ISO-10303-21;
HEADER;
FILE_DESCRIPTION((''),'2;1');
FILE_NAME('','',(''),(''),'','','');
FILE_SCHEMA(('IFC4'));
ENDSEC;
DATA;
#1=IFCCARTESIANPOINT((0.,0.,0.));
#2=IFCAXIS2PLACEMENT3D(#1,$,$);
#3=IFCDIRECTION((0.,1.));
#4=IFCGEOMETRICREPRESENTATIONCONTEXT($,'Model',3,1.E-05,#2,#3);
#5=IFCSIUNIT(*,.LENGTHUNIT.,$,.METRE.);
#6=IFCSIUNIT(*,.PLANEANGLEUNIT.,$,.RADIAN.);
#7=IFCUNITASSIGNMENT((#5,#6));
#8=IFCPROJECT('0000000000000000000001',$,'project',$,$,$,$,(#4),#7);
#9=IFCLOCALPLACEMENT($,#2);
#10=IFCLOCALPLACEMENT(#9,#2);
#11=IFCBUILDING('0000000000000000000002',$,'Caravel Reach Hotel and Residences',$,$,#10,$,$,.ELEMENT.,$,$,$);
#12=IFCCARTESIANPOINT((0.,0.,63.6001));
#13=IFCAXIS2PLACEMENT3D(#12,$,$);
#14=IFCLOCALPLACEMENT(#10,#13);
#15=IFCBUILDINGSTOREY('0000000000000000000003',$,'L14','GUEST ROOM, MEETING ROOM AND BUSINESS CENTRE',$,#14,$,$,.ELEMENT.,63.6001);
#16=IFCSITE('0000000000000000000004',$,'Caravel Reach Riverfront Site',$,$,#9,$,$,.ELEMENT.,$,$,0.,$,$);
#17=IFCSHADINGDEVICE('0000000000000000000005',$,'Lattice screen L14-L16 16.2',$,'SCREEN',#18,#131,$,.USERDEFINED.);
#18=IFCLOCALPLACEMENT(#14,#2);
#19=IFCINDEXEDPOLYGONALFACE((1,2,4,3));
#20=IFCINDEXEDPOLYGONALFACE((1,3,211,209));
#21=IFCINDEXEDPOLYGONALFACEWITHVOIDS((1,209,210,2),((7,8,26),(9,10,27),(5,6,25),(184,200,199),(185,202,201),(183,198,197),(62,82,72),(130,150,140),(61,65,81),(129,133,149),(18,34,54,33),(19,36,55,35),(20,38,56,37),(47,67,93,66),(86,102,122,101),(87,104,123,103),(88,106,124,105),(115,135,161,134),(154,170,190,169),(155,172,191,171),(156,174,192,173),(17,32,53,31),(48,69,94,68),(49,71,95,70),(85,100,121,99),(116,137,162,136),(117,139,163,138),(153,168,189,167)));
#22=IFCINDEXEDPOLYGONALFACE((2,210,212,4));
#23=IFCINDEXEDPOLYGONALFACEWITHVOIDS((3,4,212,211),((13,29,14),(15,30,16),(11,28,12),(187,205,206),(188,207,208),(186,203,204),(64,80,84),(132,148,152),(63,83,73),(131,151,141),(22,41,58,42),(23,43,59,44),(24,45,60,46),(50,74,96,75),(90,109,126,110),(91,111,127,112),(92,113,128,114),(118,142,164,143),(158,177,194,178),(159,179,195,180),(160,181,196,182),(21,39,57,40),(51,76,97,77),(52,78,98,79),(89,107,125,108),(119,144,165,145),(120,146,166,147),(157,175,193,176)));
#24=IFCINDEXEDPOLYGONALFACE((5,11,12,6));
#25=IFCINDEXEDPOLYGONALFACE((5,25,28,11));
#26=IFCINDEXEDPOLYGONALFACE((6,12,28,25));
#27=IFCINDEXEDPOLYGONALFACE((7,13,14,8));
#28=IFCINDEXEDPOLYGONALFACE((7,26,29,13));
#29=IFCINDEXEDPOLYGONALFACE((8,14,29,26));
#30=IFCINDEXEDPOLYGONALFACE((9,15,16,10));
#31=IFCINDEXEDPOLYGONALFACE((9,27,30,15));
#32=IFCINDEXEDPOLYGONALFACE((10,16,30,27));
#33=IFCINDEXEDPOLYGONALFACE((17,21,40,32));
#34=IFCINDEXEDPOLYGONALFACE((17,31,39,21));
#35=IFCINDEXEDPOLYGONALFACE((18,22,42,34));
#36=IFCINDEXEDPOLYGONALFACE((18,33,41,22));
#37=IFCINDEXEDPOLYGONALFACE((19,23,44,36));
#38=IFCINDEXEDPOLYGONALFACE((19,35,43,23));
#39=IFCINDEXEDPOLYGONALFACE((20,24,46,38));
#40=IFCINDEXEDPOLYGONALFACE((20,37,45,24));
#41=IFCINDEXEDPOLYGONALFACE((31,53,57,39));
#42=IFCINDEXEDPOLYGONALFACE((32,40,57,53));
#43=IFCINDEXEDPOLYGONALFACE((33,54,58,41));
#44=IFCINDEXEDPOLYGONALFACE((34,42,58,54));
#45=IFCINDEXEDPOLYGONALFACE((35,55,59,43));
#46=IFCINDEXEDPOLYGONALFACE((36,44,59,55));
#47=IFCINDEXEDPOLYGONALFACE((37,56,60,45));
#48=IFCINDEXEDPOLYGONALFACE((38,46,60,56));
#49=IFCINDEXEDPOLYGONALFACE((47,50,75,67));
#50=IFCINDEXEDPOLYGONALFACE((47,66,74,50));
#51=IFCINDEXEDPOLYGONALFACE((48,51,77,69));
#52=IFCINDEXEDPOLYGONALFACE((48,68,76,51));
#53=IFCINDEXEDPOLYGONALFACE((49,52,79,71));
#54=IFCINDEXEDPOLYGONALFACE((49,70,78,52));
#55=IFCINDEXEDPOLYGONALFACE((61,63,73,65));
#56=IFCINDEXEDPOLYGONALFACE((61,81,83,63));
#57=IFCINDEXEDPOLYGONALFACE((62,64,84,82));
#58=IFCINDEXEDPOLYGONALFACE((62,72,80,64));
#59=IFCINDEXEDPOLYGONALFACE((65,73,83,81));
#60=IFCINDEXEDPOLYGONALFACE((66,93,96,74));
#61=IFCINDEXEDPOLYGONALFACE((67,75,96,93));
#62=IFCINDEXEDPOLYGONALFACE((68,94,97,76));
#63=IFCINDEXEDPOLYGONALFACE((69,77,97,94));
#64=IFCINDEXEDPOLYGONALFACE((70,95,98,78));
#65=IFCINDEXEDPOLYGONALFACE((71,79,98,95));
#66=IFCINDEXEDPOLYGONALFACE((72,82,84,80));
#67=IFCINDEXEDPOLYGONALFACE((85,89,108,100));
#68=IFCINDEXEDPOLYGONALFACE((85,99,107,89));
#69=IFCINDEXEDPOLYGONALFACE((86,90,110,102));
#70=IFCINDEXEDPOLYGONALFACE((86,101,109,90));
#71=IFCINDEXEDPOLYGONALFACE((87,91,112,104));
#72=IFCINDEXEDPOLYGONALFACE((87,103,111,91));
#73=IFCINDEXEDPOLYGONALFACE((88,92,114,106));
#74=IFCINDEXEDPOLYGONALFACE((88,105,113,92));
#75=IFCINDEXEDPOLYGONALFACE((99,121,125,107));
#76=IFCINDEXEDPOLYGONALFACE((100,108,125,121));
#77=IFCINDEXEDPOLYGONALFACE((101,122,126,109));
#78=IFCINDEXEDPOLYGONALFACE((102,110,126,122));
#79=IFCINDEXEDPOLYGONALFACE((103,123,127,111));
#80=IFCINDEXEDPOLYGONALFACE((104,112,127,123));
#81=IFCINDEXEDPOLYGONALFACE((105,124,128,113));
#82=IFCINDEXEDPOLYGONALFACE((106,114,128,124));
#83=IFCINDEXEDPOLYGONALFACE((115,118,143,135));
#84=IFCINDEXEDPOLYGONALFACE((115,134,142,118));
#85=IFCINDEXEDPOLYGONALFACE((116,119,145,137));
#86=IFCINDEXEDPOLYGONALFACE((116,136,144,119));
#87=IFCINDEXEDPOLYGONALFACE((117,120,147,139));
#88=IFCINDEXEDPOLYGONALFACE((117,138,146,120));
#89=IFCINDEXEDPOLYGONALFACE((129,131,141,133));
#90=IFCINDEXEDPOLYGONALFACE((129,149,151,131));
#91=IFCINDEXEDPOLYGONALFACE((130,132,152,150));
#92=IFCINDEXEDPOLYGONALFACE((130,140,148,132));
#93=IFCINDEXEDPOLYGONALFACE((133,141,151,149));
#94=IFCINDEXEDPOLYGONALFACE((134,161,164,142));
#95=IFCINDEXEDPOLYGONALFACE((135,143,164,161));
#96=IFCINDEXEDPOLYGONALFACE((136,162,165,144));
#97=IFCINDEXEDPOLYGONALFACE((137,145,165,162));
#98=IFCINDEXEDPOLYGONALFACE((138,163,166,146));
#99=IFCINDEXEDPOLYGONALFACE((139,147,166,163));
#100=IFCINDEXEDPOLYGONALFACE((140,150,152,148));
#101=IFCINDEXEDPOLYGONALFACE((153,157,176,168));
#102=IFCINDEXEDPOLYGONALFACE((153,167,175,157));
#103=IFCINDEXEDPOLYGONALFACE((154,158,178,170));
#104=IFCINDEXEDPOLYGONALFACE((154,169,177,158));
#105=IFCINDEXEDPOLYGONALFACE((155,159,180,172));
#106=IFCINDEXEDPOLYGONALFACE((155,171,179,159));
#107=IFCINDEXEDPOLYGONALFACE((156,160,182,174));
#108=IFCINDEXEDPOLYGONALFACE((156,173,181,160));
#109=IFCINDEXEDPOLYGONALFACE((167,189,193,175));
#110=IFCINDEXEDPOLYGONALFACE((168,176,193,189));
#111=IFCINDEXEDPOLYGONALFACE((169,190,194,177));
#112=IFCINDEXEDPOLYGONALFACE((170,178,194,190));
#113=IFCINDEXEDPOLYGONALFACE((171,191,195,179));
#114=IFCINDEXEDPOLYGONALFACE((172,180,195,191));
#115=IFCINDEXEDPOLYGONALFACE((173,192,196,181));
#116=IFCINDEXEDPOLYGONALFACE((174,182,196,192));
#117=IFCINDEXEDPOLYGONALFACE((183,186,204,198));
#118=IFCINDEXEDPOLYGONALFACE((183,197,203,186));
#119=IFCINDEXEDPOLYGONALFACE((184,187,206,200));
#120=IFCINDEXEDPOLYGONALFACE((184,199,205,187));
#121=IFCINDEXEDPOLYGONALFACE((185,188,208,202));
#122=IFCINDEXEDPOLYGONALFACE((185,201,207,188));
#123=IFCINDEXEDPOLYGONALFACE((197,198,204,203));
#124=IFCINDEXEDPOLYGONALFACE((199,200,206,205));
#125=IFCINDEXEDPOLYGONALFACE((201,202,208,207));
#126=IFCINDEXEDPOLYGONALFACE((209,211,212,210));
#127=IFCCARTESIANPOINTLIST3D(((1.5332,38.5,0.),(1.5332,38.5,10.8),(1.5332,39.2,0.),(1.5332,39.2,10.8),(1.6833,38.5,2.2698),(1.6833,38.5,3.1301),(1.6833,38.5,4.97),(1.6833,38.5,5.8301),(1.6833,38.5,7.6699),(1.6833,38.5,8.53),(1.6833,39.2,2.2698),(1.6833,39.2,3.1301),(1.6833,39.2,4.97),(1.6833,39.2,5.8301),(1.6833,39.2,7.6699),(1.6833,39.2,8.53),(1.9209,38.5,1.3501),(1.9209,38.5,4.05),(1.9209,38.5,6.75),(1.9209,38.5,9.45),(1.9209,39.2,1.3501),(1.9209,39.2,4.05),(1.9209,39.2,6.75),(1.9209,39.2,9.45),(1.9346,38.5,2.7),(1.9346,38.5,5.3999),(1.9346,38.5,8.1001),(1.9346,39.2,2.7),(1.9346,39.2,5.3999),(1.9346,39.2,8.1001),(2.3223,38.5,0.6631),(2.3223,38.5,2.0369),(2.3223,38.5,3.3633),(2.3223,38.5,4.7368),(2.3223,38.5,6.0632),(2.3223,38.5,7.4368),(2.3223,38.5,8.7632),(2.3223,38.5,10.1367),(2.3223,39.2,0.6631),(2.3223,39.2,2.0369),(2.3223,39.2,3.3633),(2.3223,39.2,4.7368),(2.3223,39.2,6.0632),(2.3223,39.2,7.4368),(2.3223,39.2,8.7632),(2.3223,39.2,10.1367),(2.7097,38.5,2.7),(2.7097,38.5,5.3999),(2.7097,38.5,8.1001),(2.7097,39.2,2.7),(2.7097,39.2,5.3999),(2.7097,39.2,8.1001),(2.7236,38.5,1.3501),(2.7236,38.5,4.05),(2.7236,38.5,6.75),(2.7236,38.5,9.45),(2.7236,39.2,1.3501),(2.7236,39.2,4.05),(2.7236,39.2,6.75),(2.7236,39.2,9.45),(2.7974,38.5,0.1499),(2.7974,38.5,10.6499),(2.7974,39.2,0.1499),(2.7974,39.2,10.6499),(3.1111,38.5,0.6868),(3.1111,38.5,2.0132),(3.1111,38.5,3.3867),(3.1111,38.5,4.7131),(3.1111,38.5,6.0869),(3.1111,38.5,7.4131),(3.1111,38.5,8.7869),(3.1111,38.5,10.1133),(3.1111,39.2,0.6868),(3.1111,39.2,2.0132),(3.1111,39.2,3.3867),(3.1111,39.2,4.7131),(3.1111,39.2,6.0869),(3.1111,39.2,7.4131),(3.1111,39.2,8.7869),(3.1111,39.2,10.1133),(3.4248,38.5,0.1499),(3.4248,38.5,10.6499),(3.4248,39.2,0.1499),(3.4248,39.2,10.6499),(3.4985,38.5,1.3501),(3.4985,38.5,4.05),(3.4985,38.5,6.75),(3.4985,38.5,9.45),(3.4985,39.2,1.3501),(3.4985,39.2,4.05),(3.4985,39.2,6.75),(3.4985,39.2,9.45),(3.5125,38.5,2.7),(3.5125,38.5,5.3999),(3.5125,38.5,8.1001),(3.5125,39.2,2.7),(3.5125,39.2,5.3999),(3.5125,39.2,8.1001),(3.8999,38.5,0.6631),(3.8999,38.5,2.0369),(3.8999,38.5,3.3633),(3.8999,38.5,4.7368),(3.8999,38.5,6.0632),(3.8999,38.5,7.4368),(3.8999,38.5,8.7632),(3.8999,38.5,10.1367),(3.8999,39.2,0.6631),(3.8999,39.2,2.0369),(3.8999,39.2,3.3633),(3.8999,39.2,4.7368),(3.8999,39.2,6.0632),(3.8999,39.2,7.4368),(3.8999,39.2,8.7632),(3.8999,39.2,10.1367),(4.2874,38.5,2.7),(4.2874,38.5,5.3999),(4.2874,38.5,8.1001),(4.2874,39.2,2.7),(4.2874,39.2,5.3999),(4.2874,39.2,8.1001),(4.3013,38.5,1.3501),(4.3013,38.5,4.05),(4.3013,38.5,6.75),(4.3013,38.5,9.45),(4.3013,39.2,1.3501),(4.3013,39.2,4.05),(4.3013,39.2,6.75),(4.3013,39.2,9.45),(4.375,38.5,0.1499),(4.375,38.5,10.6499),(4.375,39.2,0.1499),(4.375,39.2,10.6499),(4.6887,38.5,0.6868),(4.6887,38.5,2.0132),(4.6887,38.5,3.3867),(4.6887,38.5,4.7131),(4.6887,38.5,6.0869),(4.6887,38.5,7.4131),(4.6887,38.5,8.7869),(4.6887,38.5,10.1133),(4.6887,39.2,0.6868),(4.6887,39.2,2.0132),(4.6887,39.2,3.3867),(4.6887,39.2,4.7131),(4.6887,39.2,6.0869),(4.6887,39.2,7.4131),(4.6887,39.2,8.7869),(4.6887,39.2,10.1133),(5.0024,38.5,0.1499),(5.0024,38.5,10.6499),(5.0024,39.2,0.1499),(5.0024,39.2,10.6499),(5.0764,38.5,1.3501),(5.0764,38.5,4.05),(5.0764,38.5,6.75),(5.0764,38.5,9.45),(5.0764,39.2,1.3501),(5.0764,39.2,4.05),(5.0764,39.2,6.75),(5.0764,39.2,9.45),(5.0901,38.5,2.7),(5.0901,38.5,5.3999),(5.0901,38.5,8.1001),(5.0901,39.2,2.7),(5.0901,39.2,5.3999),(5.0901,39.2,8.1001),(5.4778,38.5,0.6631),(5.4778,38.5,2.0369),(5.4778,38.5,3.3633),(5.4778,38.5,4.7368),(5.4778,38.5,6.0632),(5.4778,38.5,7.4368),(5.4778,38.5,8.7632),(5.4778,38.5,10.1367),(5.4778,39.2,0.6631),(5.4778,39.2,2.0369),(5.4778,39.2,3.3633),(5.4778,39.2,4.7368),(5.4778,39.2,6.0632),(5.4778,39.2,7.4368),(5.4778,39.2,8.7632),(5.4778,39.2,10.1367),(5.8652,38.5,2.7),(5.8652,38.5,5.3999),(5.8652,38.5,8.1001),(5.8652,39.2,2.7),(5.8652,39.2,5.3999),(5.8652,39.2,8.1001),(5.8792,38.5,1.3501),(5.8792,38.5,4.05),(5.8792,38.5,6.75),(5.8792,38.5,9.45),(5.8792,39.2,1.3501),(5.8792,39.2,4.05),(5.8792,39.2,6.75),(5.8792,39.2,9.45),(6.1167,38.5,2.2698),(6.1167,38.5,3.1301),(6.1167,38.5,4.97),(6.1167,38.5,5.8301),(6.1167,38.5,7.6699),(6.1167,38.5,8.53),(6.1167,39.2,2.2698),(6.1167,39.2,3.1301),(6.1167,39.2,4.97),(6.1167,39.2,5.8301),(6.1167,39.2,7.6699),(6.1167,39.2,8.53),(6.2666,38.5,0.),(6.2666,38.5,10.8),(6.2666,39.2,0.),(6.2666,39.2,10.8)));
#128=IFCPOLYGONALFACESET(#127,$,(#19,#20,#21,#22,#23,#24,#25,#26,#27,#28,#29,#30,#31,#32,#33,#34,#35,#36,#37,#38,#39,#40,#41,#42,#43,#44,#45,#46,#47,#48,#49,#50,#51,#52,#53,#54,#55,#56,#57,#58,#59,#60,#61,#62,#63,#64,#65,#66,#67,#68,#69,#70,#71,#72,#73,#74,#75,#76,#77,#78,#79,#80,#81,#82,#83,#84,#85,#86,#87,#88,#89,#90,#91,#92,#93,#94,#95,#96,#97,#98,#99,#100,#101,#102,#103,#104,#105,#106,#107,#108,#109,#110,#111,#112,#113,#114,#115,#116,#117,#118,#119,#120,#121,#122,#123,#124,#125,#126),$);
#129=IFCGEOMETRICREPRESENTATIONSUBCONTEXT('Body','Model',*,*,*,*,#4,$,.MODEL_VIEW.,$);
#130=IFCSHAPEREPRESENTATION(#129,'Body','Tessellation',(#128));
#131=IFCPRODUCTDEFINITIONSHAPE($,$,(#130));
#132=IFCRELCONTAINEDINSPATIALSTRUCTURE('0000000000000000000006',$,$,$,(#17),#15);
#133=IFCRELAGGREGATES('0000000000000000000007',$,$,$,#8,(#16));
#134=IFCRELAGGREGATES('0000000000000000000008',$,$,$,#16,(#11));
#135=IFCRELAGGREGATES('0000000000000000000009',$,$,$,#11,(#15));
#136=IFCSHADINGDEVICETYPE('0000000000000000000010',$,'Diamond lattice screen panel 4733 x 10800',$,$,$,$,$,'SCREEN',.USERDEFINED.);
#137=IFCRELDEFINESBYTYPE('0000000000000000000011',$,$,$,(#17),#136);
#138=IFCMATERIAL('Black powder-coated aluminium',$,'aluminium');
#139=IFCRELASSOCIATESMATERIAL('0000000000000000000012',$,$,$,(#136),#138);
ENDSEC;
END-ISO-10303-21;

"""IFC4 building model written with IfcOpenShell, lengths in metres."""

from ifc_helpers import new_model, si_unit, direction, frame, origin, place, context, subcontext, project, spatial, polyline, outline, extrude, material, type_object, element, save


model = new_model("IFC4")

# Units and contexts
model_context = context("Model", 3, precision=1e-05, world=origin(), true_north=direction((0.0, 1.0)))
body_context = subcontext(model_context, "Body", "Model", "MODEL_VIEW")
ifc_project = project(units=[si_unit("LENGTHUNIT", "METRE"), si_unit("PLANEANGLEUNIT", "RADIAN")], contexts=[model_context])

# Site, building, storey
site_placement = place(None, origin())
site = spatial("IfcSite", under=ifc_project, at=site_placement, Name="Caravel Reach Riverfront Site", CompositionType="ELEMENT", RefElevation=0.0)
building_placement = place(site_placement, origin())
building = spatial("IfcBuilding", under=site, at=building_placement, Name="Caravel Reach Hotel and Residences", CompositionType="ELEMENT")
storey_placement = place(building_placement, frame((0.0, 0.0, 63.6001)))
storey = spatial("IfcBuildingStorey", under=building, at=storey_placement, Name="L14", Description="GUEST ROOM, MEETING ROOM AND BUSINESS CENTRE", CompositionType="ELEMENT", Elevation=63.6001)

# Shading device
ifc_material_1 = material(Name="Black powder-coated aluminium", Category="aluminium")
shading_device_type_1 = type_object("IfcShadingDeviceType", Name="Diamond lattice screen panel 4733 x 10800", ElementType="SCREEN", PredefinedType="USERDEFINED", material=ifc_material_1)
shading_device_1_placement = place(storey_placement, frame((6.2666, 38.5, 0.0), z_axis=(0.0, 1.0, 0.0), x_axis=(-1.0, 0.0, 0.0)))
element("IfcShadingDevice", 1, at=shading_device_1_placement, inside=storey, type_object=shading_device_type_1, Name="Lattice screen L14-L16 16.2", ObjectType="SCREEN", PredefinedType="USERDEFINED", context=body_context, shape_type="SweptSolid", body=[
    extrude(outline(polyline([(0.0, 0.0), (4.7334, 0.0), (4.7334, 10.8), (0.0, 10.8), (0.0, 0.0)]), holes=[polyline([(0.4014, 2.7), (0.1499, 3.1301), (0.1499, 2.2698), (0.4014, 2.7)]), polyline([(0.4014, 5.3999), (0.1499, 5.8301), (0.1499, 4.97), (0.4014, 5.3999)]), polyline([(0.4014, 8.1001), (0.1499, 8.53), (0.1499, 7.6699), (0.4014, 8.1001)]), polyline([(0.7888, 2.0369), (0.3875, 1.3501), (0.7888, 0.6631), (1.1902, 1.3501), (0.7888, 2.0369)]), polyline([(0.7888, 4.7368), (0.3875, 4.05), (0.7888, 3.3633), (1.1902, 4.05), (0.7888, 4.7368)]), polyline([(0.7888, 7.4368), (0.3875, 6.75), (0.7888, 6.0632), (1.1902, 6.75), (0.7888, 7.4368)]), polyline([(0.7888, 10.1367), (0.3875, 9.45), (0.7888, 8.7632), (1.1902, 9.45), (0.7888, 10.1367)]), polyline([(1.5779, 0.6868), (1.2642, 0.1499), (1.8916, 0.1499), (1.5779, 0.6868)]), polyline([(1.5779, 3.3867), (1.1765, 2.7), (1.5779, 2.0132), (1.9792, 2.7), (1.5779, 3.3867)]), polyline([(1.5779, 6.0869), (1.1765, 5.3999), (1.5779, 4.7131), (1.9792, 5.3999), (1.5779, 6.0869)]), polyline([(1.5779, 8.7869), (1.1765, 8.1001), (1.5779, 7.4131), (1.9792, 8.1001), (1.5779, 8.7869)]), polyline([(1.5779, 10.1133), (1.8916, 10.6499), (1.2642, 10.6499), (1.5779, 10.1133)]), polyline([(2.3667, 2.0369), (1.9653, 1.3501), (2.3667, 0.6631), (2.7681, 1.3501), (2.3667, 2.0369)]), polyline([(2.3667, 4.7368), (1.9653, 4.05), (2.3667, 3.3633), (2.7681, 4.05), (2.3667, 4.7368)]), polyline([(2.3667, 7.4368), (1.9653, 6.75), (2.3667, 6.0632), (2.7681, 6.75), (2.3667, 7.4368)]), polyline([(2.3667, 10.1367), (1.9653, 9.45), (2.3667, 8.7632), (2.7681, 9.45), (2.3667, 10.1367)]), polyline([(3.1555, 0.6868), (2.8418, 0.1499), (3.4692, 0.1499), (3.1555, 0.6868)]), polyline([(3.1555, 3.3867), (2.7542, 2.7), (3.1555, 2.0132), (3.5569, 2.7), (3.1555, 3.3867)]), polyline([(3.1555, 6.0869), (2.7542, 5.3999), (3.1555, 4.7131), (3.5569, 5.3999), (3.1555, 6.0869)]), polyline([(3.1555, 8.7869), (2.7542, 8.1001), (3.1555, 7.4131), (3.5569, 8.1001), (3.1555, 8.7869)]), polyline([(3.1555, 10.1133), (3.4692, 10.6499), (2.8418, 10.6499), (3.1555, 10.1133)]), polyline([(3.9443, 2.0369), (3.543, 1.3501), (3.9443, 0.6631), (4.3457, 1.3501), (3.9443, 2.0369)]), polyline([(3.9443, 4.7368), (3.543, 4.05), (3.9443, 3.3633), (4.3457, 4.05), (3.9443, 4.7368)]), polyline([(3.9443, 7.4368), (3.543, 6.75), (3.9443, 6.0632), (4.3457, 6.75), (3.9443, 7.4368)]), polyline([(3.9443, 10.1367), (3.543, 9.45), (3.9443, 8.7632), (4.3457, 9.45), (3.9443, 10.1367)]), polyline([(4.332, 2.7), (4.5833, 2.2698), (4.5833, 3.1301), (4.332, 2.7)]), polyline([(4.332, 5.3999), (4.5833, 4.97), (4.5833, 5.8301), (4.332, 5.3999)]), polyline([(4.332, 8.1001), (4.5833, 7.6699), (4.5833, 8.53), (4.332, 8.1001)])]), origin(), (0.0, 0.0, 1.0), 0.7),
])

save(model, "model.ifc")
